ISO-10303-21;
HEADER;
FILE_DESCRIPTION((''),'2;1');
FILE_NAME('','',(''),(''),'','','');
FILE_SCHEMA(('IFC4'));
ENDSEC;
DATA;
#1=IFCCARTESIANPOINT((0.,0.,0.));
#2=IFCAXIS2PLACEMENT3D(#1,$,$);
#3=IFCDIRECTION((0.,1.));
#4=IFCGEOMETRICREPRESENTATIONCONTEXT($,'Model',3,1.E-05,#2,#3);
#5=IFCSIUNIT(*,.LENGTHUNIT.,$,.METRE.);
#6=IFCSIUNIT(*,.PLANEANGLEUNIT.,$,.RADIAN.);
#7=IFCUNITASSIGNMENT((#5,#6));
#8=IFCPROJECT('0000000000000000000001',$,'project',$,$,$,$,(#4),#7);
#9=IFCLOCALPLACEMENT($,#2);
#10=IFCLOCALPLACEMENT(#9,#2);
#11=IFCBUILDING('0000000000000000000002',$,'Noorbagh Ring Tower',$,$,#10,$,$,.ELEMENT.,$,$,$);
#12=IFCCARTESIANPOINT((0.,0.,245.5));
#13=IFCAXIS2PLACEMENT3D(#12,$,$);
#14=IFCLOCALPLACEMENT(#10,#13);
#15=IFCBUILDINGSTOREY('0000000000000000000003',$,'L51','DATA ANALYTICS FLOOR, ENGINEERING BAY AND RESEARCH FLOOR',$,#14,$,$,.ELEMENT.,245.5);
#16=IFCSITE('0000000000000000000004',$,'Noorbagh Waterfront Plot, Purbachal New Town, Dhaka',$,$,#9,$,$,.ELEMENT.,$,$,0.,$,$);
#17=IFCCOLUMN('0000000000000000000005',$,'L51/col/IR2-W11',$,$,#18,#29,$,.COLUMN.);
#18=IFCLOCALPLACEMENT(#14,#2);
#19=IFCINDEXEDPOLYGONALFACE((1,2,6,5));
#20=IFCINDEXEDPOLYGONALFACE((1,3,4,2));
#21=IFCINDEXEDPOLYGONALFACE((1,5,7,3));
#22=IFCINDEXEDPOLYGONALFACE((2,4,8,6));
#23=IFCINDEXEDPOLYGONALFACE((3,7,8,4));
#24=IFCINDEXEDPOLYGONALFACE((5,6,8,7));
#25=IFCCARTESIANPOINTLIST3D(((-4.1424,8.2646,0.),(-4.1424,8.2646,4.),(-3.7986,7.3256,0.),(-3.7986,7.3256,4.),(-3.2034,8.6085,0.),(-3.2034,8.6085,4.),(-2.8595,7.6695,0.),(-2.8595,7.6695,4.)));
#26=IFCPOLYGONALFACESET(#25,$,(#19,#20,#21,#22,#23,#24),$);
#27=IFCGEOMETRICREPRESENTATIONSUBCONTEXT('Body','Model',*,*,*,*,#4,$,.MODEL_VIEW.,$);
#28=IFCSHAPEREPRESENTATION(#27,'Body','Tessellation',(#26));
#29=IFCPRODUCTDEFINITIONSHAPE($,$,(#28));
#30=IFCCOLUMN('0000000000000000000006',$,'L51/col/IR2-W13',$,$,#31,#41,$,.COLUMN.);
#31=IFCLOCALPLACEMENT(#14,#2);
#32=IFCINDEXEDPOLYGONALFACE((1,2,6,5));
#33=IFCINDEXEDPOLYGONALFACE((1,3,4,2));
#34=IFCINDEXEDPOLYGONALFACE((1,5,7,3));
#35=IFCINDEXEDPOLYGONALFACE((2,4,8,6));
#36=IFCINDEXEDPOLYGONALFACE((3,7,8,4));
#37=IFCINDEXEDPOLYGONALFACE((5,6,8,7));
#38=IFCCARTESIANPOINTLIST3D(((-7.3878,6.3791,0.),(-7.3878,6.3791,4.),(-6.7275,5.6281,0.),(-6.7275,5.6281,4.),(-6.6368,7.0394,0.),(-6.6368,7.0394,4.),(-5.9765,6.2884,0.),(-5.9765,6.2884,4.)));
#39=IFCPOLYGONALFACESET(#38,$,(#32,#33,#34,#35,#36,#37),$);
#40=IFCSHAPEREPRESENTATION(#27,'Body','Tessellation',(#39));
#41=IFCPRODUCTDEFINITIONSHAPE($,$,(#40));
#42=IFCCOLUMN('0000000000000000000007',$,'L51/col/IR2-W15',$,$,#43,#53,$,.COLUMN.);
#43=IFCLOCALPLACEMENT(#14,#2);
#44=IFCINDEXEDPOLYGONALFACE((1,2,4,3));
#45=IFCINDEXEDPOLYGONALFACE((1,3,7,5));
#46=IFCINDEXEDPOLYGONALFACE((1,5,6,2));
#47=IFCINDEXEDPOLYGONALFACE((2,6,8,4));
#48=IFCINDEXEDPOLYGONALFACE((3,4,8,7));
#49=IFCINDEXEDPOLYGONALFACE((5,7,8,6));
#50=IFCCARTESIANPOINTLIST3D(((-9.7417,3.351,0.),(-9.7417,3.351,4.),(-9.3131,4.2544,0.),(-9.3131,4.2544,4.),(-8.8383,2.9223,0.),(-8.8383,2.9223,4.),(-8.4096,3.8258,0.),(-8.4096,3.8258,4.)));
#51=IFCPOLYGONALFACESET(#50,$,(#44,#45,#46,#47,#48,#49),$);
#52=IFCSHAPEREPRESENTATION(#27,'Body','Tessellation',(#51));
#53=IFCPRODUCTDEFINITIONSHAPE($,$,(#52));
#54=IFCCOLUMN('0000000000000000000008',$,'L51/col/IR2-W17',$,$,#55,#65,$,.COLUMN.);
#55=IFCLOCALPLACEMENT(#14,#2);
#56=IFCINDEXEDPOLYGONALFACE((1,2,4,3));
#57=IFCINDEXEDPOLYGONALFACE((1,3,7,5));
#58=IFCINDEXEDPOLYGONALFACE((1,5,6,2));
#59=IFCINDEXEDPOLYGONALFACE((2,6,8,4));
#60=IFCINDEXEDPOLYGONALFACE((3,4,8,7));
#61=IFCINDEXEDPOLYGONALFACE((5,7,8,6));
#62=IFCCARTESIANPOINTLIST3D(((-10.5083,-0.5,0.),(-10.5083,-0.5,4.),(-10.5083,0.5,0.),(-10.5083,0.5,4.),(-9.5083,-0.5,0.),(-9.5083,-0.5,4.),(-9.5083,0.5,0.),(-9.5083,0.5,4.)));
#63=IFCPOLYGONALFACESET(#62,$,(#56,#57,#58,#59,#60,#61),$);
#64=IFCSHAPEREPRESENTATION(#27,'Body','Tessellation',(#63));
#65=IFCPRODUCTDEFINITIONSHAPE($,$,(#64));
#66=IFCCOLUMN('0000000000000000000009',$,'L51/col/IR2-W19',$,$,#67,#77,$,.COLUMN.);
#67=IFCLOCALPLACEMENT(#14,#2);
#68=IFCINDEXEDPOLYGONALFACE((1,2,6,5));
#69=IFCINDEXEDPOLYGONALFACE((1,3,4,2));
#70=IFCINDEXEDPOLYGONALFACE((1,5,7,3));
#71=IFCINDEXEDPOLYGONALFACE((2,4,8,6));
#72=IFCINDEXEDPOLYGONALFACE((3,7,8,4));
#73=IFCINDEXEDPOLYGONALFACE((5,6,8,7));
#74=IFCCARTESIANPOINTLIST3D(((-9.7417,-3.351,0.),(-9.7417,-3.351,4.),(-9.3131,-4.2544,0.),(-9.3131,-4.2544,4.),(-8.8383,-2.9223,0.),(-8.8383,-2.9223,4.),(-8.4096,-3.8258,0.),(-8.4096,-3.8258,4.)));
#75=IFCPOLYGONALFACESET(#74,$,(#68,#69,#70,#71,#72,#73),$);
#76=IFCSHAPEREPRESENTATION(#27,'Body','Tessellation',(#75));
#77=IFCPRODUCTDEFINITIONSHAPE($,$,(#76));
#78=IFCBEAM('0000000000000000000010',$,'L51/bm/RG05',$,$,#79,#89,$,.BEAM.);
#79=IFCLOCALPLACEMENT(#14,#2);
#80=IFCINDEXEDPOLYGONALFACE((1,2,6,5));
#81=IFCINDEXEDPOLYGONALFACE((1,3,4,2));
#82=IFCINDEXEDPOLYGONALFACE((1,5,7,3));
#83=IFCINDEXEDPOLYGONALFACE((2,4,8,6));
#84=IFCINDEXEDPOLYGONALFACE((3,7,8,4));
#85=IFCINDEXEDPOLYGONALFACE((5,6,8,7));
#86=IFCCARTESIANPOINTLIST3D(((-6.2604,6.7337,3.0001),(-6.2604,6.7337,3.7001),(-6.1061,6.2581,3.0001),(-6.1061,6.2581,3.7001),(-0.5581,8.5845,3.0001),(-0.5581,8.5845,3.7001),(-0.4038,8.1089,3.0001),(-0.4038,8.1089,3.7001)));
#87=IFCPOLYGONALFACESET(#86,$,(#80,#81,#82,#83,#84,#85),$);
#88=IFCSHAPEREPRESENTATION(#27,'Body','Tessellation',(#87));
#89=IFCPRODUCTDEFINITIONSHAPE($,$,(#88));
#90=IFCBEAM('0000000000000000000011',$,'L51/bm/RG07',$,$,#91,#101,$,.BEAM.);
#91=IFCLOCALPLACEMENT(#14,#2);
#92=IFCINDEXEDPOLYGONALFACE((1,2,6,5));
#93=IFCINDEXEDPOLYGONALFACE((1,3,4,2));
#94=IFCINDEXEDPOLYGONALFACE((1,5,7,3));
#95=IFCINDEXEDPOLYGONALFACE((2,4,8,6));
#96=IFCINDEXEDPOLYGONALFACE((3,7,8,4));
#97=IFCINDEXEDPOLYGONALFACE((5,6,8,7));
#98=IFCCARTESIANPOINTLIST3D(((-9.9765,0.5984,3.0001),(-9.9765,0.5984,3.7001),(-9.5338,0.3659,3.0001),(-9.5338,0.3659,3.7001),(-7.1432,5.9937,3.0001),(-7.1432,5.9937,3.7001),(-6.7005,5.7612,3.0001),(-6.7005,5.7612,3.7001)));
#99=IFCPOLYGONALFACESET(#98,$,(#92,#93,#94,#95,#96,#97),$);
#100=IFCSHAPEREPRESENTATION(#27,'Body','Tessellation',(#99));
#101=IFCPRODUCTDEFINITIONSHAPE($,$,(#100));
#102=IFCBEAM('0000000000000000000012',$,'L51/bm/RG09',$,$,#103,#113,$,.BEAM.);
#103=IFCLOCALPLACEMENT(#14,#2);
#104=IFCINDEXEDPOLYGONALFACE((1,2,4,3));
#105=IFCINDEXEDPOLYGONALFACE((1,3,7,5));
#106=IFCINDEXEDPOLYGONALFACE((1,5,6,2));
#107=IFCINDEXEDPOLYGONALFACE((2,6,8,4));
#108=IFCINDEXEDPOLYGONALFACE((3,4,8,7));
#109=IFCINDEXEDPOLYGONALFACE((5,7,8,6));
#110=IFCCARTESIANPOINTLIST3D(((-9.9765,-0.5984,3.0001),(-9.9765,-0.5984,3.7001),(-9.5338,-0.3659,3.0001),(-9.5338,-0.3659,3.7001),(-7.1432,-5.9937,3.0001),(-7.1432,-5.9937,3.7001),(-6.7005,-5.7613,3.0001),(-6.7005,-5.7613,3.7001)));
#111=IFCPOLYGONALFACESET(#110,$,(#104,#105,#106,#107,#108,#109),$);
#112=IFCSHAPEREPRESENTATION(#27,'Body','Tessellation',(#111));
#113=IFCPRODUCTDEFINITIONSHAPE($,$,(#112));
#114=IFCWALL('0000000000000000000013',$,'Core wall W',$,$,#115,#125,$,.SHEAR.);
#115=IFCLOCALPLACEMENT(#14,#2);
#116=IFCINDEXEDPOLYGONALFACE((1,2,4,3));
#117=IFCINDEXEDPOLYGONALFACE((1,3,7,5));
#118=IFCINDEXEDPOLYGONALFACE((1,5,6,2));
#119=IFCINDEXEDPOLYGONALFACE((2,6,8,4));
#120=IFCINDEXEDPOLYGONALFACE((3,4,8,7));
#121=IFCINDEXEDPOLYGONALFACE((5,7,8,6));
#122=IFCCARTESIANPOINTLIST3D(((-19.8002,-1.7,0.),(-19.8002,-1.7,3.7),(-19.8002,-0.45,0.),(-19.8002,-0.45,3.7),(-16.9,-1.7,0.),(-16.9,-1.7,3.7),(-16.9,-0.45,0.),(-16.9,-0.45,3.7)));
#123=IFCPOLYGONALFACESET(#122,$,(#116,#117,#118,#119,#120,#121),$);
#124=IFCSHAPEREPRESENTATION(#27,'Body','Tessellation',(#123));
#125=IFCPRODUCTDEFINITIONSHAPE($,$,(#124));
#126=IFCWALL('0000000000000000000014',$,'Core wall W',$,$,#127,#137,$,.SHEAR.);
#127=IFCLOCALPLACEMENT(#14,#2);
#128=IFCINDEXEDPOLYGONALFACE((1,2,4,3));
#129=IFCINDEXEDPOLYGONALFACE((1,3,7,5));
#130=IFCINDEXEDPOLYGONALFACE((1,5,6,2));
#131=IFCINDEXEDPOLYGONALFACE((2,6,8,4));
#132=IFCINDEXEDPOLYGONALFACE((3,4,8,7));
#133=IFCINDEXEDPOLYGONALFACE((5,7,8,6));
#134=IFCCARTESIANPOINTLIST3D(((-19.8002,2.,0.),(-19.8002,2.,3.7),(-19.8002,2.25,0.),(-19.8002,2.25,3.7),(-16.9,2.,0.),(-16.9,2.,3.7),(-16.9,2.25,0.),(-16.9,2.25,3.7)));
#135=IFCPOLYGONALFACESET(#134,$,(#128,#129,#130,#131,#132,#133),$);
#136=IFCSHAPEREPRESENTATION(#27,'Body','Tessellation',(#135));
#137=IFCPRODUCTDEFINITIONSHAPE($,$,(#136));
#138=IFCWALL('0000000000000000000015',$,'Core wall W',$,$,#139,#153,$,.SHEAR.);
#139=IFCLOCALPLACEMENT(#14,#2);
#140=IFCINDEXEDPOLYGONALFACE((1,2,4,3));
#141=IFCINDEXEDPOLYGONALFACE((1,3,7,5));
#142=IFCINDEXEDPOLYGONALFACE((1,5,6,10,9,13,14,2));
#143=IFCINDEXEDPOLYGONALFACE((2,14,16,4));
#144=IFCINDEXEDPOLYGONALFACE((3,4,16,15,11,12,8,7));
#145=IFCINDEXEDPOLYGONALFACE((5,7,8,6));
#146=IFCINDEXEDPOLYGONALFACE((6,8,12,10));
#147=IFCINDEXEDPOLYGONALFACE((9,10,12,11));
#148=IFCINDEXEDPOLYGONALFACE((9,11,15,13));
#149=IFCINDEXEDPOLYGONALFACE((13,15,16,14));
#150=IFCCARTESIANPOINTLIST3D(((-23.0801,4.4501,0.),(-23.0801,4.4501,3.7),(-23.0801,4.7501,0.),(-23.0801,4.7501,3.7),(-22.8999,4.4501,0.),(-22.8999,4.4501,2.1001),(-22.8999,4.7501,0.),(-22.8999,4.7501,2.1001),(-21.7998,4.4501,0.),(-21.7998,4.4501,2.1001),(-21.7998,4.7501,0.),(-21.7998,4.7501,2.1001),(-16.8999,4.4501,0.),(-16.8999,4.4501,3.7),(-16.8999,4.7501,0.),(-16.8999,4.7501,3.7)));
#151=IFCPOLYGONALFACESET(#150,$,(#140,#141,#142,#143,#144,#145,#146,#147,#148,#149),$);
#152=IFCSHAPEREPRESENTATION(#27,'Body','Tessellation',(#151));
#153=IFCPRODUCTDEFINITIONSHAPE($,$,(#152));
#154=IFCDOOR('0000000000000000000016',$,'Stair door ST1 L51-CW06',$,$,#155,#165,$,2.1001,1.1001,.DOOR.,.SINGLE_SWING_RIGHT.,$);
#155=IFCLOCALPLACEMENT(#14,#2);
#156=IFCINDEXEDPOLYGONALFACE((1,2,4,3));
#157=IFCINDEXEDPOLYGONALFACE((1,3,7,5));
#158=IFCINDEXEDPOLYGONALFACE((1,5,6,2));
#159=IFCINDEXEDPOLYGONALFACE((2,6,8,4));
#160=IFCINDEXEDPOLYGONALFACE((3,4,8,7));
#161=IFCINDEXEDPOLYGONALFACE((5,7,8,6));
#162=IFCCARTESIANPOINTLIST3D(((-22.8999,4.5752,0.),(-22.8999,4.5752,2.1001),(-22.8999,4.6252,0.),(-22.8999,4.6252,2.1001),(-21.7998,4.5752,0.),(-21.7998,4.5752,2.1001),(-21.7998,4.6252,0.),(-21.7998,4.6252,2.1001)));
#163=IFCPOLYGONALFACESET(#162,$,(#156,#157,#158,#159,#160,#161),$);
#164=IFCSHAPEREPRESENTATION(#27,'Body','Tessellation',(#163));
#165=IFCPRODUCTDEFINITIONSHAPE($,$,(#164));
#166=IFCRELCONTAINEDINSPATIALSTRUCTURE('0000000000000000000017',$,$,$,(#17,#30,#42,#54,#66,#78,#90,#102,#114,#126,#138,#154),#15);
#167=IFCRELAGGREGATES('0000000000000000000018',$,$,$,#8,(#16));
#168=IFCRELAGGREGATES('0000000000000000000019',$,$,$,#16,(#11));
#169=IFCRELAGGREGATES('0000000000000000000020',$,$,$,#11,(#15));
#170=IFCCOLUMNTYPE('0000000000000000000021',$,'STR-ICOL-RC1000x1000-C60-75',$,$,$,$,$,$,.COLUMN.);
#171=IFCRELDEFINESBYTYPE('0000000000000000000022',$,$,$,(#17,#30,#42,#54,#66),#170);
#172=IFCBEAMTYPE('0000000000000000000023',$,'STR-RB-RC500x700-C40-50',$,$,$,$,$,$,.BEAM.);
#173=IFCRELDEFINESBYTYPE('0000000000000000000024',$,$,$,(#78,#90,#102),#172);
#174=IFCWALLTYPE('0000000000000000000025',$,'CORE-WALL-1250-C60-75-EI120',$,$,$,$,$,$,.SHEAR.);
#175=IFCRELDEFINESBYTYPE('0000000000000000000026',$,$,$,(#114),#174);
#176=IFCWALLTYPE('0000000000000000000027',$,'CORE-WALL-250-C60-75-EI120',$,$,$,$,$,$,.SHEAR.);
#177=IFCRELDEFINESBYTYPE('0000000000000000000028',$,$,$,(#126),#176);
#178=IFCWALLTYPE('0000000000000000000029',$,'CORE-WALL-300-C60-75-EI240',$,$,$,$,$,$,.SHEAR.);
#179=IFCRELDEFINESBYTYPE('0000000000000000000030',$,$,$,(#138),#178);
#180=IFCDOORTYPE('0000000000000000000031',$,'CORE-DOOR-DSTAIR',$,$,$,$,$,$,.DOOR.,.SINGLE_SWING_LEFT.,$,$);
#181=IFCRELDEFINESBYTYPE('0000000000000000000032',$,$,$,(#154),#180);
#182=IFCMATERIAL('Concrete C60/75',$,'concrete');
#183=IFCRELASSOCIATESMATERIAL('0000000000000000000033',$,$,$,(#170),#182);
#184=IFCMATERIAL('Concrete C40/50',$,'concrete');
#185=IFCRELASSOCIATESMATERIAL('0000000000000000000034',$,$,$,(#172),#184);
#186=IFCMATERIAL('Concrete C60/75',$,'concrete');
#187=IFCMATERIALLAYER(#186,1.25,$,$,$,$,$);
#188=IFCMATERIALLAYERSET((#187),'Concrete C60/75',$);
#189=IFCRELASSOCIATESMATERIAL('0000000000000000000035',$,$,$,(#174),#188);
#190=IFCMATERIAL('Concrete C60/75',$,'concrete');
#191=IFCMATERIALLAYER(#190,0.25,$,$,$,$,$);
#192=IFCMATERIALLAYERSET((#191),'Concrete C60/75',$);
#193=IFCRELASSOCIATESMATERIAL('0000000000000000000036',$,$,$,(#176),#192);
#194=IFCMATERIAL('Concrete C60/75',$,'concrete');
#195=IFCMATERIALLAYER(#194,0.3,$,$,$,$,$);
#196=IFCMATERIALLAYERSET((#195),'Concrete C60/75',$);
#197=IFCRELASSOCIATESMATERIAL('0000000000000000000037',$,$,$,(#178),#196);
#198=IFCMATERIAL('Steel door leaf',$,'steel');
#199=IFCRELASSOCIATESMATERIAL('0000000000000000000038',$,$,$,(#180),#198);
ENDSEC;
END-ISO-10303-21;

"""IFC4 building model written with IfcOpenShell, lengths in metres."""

from ifc_helpers import new_model, si_unit, direction, frame, frame_2d, origin, origin_2d, place, context, subcontext, project, spatial, rectangle, extrude, material, layer, layer_set, material_profile, profile_set, type_object, element, fill, save


model = new_model("IFC4")

# Units and contexts
model_context = context("Model", 3, precision=1e-05, world=origin(), true_north=direction((0.0, 1.0)))
body_context = subcontext(model_context, "Body", "Model", "MODEL_VIEW")
ifc_project = project(units=[si_unit("LENGTHUNIT", "METRE"), si_unit("PLANEANGLEUNIT", "RADIAN")], contexts=[model_context])

# Site, building, storey
site_placement = place(None, origin())
site = spatial("IfcSite", under=ifc_project, at=site_placement, Name="Noorbagh Waterfront Plot, Purbachal New Town, Dhaka", CompositionType="ELEMENT", RefElevation=0.0)
building_placement = place(site_placement, origin())
building = spatial("IfcBuilding", under=site, at=building_placement, Name="Noorbagh Ring Tower", CompositionType="ELEMENT")
storey_placement = place(building_placement, frame((0.0, 0.0, 245.5)))
storey = spatial("IfcBuildingStorey", under=building, at=storey_placement, Name="L51", Description="DATA ANALYTICS FLOOR, ENGINEERING BAY AND RESEARCH FLOOR", CompositionType="ELEMENT", Elevation=245.5)

# Columns
ifc_material_1 = material(Name="Concrete C60/75", Category="concrete")
ifc_material_profile_1 = material_profile(ifc_material_1, rectangle(XDim=1.0, YDim=1.0, at=origin_2d()), Name="RC1000x1000")
ifc_profile_set_1 = profile_set([ifc_material_profile_1], Name="Concrete C60/75")
column_type = type_object("IfcColumnType", Name="STR-ICOL-RC1000x1000-C60-75", PredefinedType="COLUMN", material=ifc_profile_set_1)
for number, where, z_axis, x_axis, name in (
    (1, (-3.501, 7.967, 0.0), (0.0, 0.0, 1.0), (-0.93902, -0.343864, 0.0), "L51/col/IR2-W11"),
    (2, (-6.6821, 6.3337, 0.0), (0.0, 0.0, 1.0), (-0.751022, -0.660277, 0.0), "L51/col/IR2-W13"),
    (3, (-9.0757, 3.5884, 0.0), (0.0, 0.0, 1.0), (-0.428667, -0.903463, 0.0), "L51/col/IR2-W15"),
    (4, (-10.0083, 0.0, 0.0), (0.0, 0.0, 1.0), (0.0, -1.0, 0.0), "L51/col/IR2-W17"),
    (5, (-9.0757, -3.5884, 0.0), (0.0, 0.0, 1.0), (0.428667, -0.903463, 0.0), "L51/col/IR2-W19"),
):
    element("IfcColumn", number, at=place(storey_placement, frame(where, z_axis=z_axis, x_axis=x_axis)), inside=storey, type_object=column_type, Name=name, PredefinedType="COLUMN", context=body_context, shape_type="SweptSolid", body=[
        extrude(rectangle(XDim=1.0, YDim=1.0, at=origin_2d()), origin(), (0.0, 0.0, 1.0), 4.0),
    ])

# Beams
ifc_material_2 = material(Name="Concrete C40/50", Category="concrete")
ifc_material_profile_2 = material_profile(ifc_material_2, rectangle(XDim=0.5, YDim=0.7, at=origin_2d()), Name="RC500x700")
ifc_profile_set_2 = profile_set([ifc_material_profile_2], Name="Concrete C40/50")
beam_type = type_object("IfcBeamType", Name="STR-RB-RC500x700-C40-50", PredefinedType="BEAM", material=ifc_profile_set_2)
beam_placement = place(storey_placement, frame((-0.481, 8.3467, 3.3501), z_axis=(-0.951154, -0.308717, 0.0), x_axis=(0.308717, -0.951154, 0.0)))
element("IfcBeam", 6, at=beam_placement, inside=storey, type_object=beam_type, Name="L51/bm/RG05", PredefinedType="BEAM", context=body_context, shape_type="SweptSolid", body=[
    extrude(rectangle(XDim=0.5, YDim=0.7, at=origin_2d()), origin(), (0.0, 0.0, 1.0), 5.9951),
])
for number, where, z_axis, x_axis, name in (
    (7, (-6.9219, 5.8774, 3.3501), (-0.464929, -0.885348, 0.0), (0.885348, -0.464929, 0.0), "L51/bm/RG07"),
    (8, (-9.7551, -0.4822, 3.3501), (0.464929, -0.885348, 0.0), (0.885348, 0.464929, 0.0), "L51/bm/RG09"),
):
    element("IfcBeam", number, at=place(storey_placement, frame(where, z_axis=z_axis, x_axis=x_axis)), inside=storey, type_object=beam_type, Name=name, PredefinedType="BEAM", context=body_context, shape_type="SweptSolid", body=[
        extrude(rectangle(XDim=0.5, YDim=0.7, at=origin_2d()), origin(), (0.0, 0.0, 1.0), 6.094),
    ])

# Walls
ifc_material_3 = material(Name="Concrete C60/75", Category="concrete")
ifc_layer_1 = layer(ifc_material_3, 1.25)
ifc_layer_set_1 = layer_set([ifc_layer_1], Name="Concrete C60/75")
wall_type_1 = type_object("IfcWallType", Name="CORE-WALL-1250-C60-75-EI120", PredefinedType="SHEAR", material=ifc_layer_set_1)
wall_1_placement = place(storey_placement, frame((-16.8999, -1.075, 0.0), z_axis=(0.0, 0.0, 1.0), x_axis=(-1.0, 0.0, 0.0)))
element("IfcWall", 9, at=wall_1_placement, inside=storey, type_object=wall_type_1, Name="Core wall W", PredefinedType="SHEAR", context=body_context, shape_type="SweptSolid", body=[
    extrude(rectangle(XDim=2.9001, YDim=1.25, at=frame_2d((1.4502, 0.0))), origin(), (0.0, 0.0, 1.0), 3.7),
])
ifc_material_4 = material(Name="Concrete C60/75", Category="concrete")
ifc_layer_2 = layer(ifc_material_4, 0.25)
ifc_layer_set_2 = layer_set([ifc_layer_2], Name="Concrete C60/75")
wall_type_2 = type_object("IfcWallType", Name="CORE-WALL-250-C60-75-EI120", PredefinedType="SHEAR", material=ifc_layer_set_2)
wall_2_placement = place(storey_placement, frame((-16.8999, 2.125, 0.0), z_axis=(0.0, 0.0, 1.0), x_axis=(-1.0, 0.0, 0.0)))
element("IfcWall", 10, at=wall_2_placement, inside=storey, type_object=wall_type_2, Name="Core wall W", PredefinedType="SHEAR", context=body_context, shape_type="SweptSolid", body=[
    extrude(rectangle(XDim=2.9001, YDim=0.25, at=frame_2d((1.4502, 0.0))), origin(), (0.0, 0.0, 1.0), 3.7),
])

# Wall, opening, door
ifc_material_5 = material(Name="Concrete C60/75", Category="concrete")
ifc_layer_3 = layer(ifc_material_5, 0.3)
ifc_layer_set_3 = layer_set([ifc_layer_3], Name="Concrete C60/75")
wall_type_3 = type_object("IfcWallType", Name="CORE-WALL-300-C60-75-EI240", PredefinedType="SHEAR", material=ifc_layer_set_3)
wall_3_placement = place(storey_placement, frame((-16.8999, 4.6001, 0.0), z_axis=(0.0, 0.0, 1.0), x_axis=(-1.0, 0.0, 0.0)))
wall_3 = element("IfcWall", 11, at=wall_3_placement, inside=storey, type_object=wall_type_3, Name="Core wall W", PredefinedType="SHEAR", context=body_context, shape_type="SweptSolid", body=[
    extrude(rectangle(XDim=6.1802, YDim=0.3, at=frame_2d((3.0901, 0.0))), origin(), (0.0, 0.0, 1.0), 3.7),
])
opening_1_placement = place(wall_3_placement, frame((4.8999, 0.0, 0.0)))
opening_1 = element("IfcOpeningElement", 12, at=opening_1_placement, cuts=wall_3, PredefinedType="OPENING", context=body_context, shape_type="SweptSolid", body=[
    extrude(rectangle(XDim=1.1001, YDim=2.1001, at=frame_2d((0.55, 1.05))), frame((0.0, 0.1602, 0.0), z_axis=(0.0, -1.0, 0.0), x_axis=(1.0, 0.0, 0.0)), (0.0, 0.0, 1.0), 0.3201),
])
ifc_material_6 = material(Name="Steel door leaf", Category="steel")
door_type_1 = type_object("IfcDoorType", Name="CORE-DOOR-DSTAIR", OperationType="SINGLE_SWING_LEFT", PredefinedType="DOOR", material=ifc_material_6)
door_1_placement = place(opening_1_placement, origin())
door_1 = element("IfcDoor", 13, at=door_1_placement, inside=storey, type_object=door_type_1, Name="Stair door ST1 L51-CW06", OperationType="SINGLE_SWING_RIGHT", OverallHeight=2.1001, OverallWidth=1.1001, PredefinedType="DOOR", context=body_context, shape_type="SweptSolid", body=[
    extrude(rectangle(XDim=1.1001, YDim=2.1001, at=frame_2d((0.55, 1.05))), frame((0.0, 0.0249, 0.0), z_axis=(0.0, -1.0, 0.0), x_axis=(1.0, 0.0, 0.0)), (0.0, 0.0, 1.0), 0.05),
])
fill(opening_1, door_1)

save(model, "model.ifc")
